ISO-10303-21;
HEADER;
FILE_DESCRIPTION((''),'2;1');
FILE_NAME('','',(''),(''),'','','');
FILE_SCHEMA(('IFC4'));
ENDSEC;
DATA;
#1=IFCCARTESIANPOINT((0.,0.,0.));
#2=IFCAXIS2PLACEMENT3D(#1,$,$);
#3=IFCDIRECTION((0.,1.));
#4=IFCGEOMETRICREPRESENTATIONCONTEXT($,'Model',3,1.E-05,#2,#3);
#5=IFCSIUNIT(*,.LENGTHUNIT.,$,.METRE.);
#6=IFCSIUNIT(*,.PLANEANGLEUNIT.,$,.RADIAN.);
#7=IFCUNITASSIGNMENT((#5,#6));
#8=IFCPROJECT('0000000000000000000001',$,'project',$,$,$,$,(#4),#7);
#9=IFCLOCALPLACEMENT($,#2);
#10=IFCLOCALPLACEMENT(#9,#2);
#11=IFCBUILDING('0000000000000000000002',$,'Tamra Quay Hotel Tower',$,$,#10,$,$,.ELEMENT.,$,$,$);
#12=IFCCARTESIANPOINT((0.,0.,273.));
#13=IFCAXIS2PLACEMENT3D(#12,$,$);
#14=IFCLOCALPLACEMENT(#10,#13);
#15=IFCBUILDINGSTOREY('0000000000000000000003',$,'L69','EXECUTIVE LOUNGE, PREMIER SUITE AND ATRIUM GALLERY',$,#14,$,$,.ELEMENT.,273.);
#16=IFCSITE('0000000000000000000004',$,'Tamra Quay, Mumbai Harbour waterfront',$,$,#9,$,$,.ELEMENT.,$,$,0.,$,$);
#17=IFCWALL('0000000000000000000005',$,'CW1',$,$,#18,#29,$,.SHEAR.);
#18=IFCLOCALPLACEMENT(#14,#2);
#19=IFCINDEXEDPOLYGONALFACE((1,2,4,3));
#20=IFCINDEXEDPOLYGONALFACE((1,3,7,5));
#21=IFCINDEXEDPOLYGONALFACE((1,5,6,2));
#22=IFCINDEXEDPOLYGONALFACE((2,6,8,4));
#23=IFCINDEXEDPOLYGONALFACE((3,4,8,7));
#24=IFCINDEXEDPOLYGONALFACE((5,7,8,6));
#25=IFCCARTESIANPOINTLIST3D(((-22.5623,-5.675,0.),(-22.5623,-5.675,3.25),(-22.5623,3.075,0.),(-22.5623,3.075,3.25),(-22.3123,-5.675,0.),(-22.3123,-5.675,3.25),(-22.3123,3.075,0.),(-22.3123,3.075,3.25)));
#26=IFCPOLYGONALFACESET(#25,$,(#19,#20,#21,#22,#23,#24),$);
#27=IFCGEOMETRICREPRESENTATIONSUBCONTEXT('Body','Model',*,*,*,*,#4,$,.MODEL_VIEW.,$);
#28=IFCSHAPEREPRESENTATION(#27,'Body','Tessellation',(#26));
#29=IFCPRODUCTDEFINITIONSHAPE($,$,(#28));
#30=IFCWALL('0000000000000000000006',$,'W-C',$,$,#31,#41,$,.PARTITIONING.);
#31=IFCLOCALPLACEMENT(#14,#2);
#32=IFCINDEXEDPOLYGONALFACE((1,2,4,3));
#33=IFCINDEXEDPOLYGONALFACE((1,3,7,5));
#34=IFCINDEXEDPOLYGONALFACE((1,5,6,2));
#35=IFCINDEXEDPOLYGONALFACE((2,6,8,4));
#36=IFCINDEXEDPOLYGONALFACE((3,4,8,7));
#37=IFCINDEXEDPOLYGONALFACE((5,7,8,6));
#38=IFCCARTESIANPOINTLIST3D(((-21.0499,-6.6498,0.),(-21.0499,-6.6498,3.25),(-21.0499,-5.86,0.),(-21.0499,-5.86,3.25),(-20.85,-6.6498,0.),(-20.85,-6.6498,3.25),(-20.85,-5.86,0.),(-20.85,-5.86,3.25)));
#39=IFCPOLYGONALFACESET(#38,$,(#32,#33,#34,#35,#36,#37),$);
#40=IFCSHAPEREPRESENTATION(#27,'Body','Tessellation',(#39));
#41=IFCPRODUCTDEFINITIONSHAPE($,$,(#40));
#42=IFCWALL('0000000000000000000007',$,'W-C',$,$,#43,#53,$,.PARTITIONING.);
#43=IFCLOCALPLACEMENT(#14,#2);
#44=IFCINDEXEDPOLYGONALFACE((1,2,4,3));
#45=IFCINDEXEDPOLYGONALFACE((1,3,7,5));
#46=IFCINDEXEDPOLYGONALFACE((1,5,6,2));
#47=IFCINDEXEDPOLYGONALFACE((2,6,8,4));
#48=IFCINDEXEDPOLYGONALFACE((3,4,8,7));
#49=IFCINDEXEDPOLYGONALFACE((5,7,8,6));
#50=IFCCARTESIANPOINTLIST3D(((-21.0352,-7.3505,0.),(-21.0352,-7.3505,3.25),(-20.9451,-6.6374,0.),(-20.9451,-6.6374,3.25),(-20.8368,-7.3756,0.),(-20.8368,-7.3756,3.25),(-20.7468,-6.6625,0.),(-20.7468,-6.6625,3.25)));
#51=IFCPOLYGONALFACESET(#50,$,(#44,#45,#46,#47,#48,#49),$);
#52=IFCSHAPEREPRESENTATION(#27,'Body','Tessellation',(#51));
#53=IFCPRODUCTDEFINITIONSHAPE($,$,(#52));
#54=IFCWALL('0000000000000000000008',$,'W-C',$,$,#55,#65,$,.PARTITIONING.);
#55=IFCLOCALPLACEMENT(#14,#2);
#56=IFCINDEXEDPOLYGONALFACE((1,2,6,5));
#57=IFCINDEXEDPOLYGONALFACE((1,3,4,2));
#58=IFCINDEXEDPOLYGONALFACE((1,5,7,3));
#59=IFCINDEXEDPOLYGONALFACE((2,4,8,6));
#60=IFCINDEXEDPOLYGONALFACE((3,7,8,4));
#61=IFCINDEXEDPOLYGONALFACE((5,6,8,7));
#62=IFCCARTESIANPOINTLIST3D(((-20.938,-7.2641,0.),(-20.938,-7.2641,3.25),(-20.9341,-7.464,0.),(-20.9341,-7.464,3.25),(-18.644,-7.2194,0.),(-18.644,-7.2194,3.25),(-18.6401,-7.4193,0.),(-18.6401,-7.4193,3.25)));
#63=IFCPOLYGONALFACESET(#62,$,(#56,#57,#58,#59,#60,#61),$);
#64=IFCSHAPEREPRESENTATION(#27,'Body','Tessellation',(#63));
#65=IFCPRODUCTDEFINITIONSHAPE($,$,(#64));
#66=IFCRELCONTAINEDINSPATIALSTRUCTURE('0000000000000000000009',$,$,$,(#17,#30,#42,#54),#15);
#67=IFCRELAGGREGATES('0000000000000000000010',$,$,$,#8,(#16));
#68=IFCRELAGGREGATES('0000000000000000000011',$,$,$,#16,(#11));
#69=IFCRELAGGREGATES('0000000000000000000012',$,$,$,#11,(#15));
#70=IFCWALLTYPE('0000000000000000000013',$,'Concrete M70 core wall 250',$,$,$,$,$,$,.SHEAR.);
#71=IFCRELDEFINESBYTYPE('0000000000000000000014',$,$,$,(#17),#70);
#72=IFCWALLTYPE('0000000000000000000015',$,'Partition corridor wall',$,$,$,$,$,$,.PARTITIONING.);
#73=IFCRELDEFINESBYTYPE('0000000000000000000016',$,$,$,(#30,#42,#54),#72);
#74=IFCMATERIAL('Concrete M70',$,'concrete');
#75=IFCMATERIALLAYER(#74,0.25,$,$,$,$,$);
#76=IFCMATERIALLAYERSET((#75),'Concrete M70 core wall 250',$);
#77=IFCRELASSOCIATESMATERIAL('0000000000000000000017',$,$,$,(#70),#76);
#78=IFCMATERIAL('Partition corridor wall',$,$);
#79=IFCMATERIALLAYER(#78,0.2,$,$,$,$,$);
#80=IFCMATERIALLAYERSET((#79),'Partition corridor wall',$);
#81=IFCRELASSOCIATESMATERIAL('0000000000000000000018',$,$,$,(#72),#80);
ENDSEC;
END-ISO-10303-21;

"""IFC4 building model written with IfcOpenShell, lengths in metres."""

from ifc_helpers import new_model, si_unit, direction, frame, frame_2d, origin, place, context, subcontext, project, spatial, rectangle, extrude, material, layer, layer_set, type_object, element, save


model = new_model("IFC4")

# Units and contexts
model_context = context("Model", 3, precision=1e-05, world=origin(), true_north=direction((0.0, 1.0)))
body_context = subcontext(model_context, "Body", "Model", "MODEL_VIEW")
ifc_project = project(units=[si_unit("LENGTHUNIT", "METRE"), si_unit("PLANEANGLEUNIT", "RADIAN")], contexts=[model_context])

# Site, building, storey
site_placement = place(None, origin())
site = spatial("IfcSite", under=ifc_project, at=site_placement, Name="Tamra Quay, Mumbai Harbour waterfront", CompositionType="ELEMENT", RefElevation=0.0)
building_placement = place(site_placement, origin())
building = spatial("IfcBuilding", under=site, at=building_placement, Name="Tamra Quay Hotel Tower", CompositionType="ELEMENT")
storey_placement = place(building_placement, frame((0.0, 0.0, 273.0)))
storey = spatial("IfcBuildingStorey", under=building, at=storey_placement, Name="L69", Description="EXECUTIVE LOUNGE, PREMIER SUITE AND ATRIUM GALLERY", CompositionType="ELEMENT", Elevation=273.0)

# Shared definitions
ifc_material_1 = material(Name="Concrete M70", Category="concrete")

# Walls
ifc_layer_1 = layer(ifc_material_1, 0.25)
ifc_layer_set_1 = layer_set([ifc_layer_1], Name="Concrete M70 core wall 250")
wall_type_1 = type_object("IfcWallType", Name="Concrete M70 core wall 250", PredefinedType="SHEAR", material=ifc_layer_set_1)
wall_1_placement = place(storey_placement, frame((-22.4373, -5.675, 0.0), z_axis=(0.0, 0.0, 1.0), x_axis=(0.0, 1.0, 0.0)))
element("IfcWall", 1, at=wall_1_placement, inside=storey, type_object=wall_type_1, Name="CW1", PredefinedType="SHEAR", context=body_context, shape_type="SweptSolid", body=[
    extrude(rectangle(XDim=8.75, YDim=0.25, at=frame_2d((4.375, 0.0))), origin(), (0.0, 0.0, 1.0), 3.25),
])
ifc_material_2 = material(Name="Partition corridor wall")
ifc_layer_2 = layer(ifc_material_2, 0.2)
ifc_layer_set_2 = layer_set([ifc_layer_2], Name="Partition corridor wall")
wall_type_2 = type_object("IfcWallType", Name="Partition corridor wall", PredefinedType="PARTITIONING", material=ifc_layer_set_2)
wall_2_placement = place(storey_placement, frame((-20.95, -6.6499, 0.0), z_axis=(0.0, 0.0, 1.0), x_axis=(0.0, 1.0, 0.0)))
element("IfcWall", 2, at=wall_2_placement, inside=storey, type_object=wall_type_2, Name="W-C", PredefinedType="PARTITIONING", context=body_context, shape_type="SweptSolid", body=[
    extrude(rectangle(XDim=0.7898, YDim=0.2, at=frame_2d((0.395, 0.0))), origin(), (0.0, 0.0, 1.0), 3.25),
])
wall_3_placement = place(storey_placement, frame((-20.936, -7.363, 0.0), z_axis=(0.0, 0.0, 1.0), x_axis=(0.125331, 0.992115, 0.0)))
element("IfcWall", 3, at=wall_3_placement, inside=storey, type_object=wall_type_2, Name="W-C", PredefinedType="PARTITIONING", context=body_context, shape_type="SweptSolid", body=[
    extrude(rectangle(XDim=0.7188, YDim=0.2, at=frame_2d((0.3594, 0.0))), origin(), (0.0, 0.0, 1.0), 3.25),
])
wall_4_placement = place(storey_placement, frame((-20.936, -7.364, 0.0), z_axis=(0.0, 0.0, 1.0), x_axis=(0.99981, 0.019473, 0.0)))
element("IfcWall", 4, at=wall_4_placement, inside=storey, type_object=wall_type_2, Name="W-C", PredefinedType="PARTITIONING", context=body_context, shape_type="SweptSolid", body=[
    extrude(rectangle(XDim=2.2944, YDim=0.2, at=frame_2d((1.1472, 0.0))), origin(), (0.0, 0.0, 1.0), 3.25),
])

save(model, "model.ifc")
